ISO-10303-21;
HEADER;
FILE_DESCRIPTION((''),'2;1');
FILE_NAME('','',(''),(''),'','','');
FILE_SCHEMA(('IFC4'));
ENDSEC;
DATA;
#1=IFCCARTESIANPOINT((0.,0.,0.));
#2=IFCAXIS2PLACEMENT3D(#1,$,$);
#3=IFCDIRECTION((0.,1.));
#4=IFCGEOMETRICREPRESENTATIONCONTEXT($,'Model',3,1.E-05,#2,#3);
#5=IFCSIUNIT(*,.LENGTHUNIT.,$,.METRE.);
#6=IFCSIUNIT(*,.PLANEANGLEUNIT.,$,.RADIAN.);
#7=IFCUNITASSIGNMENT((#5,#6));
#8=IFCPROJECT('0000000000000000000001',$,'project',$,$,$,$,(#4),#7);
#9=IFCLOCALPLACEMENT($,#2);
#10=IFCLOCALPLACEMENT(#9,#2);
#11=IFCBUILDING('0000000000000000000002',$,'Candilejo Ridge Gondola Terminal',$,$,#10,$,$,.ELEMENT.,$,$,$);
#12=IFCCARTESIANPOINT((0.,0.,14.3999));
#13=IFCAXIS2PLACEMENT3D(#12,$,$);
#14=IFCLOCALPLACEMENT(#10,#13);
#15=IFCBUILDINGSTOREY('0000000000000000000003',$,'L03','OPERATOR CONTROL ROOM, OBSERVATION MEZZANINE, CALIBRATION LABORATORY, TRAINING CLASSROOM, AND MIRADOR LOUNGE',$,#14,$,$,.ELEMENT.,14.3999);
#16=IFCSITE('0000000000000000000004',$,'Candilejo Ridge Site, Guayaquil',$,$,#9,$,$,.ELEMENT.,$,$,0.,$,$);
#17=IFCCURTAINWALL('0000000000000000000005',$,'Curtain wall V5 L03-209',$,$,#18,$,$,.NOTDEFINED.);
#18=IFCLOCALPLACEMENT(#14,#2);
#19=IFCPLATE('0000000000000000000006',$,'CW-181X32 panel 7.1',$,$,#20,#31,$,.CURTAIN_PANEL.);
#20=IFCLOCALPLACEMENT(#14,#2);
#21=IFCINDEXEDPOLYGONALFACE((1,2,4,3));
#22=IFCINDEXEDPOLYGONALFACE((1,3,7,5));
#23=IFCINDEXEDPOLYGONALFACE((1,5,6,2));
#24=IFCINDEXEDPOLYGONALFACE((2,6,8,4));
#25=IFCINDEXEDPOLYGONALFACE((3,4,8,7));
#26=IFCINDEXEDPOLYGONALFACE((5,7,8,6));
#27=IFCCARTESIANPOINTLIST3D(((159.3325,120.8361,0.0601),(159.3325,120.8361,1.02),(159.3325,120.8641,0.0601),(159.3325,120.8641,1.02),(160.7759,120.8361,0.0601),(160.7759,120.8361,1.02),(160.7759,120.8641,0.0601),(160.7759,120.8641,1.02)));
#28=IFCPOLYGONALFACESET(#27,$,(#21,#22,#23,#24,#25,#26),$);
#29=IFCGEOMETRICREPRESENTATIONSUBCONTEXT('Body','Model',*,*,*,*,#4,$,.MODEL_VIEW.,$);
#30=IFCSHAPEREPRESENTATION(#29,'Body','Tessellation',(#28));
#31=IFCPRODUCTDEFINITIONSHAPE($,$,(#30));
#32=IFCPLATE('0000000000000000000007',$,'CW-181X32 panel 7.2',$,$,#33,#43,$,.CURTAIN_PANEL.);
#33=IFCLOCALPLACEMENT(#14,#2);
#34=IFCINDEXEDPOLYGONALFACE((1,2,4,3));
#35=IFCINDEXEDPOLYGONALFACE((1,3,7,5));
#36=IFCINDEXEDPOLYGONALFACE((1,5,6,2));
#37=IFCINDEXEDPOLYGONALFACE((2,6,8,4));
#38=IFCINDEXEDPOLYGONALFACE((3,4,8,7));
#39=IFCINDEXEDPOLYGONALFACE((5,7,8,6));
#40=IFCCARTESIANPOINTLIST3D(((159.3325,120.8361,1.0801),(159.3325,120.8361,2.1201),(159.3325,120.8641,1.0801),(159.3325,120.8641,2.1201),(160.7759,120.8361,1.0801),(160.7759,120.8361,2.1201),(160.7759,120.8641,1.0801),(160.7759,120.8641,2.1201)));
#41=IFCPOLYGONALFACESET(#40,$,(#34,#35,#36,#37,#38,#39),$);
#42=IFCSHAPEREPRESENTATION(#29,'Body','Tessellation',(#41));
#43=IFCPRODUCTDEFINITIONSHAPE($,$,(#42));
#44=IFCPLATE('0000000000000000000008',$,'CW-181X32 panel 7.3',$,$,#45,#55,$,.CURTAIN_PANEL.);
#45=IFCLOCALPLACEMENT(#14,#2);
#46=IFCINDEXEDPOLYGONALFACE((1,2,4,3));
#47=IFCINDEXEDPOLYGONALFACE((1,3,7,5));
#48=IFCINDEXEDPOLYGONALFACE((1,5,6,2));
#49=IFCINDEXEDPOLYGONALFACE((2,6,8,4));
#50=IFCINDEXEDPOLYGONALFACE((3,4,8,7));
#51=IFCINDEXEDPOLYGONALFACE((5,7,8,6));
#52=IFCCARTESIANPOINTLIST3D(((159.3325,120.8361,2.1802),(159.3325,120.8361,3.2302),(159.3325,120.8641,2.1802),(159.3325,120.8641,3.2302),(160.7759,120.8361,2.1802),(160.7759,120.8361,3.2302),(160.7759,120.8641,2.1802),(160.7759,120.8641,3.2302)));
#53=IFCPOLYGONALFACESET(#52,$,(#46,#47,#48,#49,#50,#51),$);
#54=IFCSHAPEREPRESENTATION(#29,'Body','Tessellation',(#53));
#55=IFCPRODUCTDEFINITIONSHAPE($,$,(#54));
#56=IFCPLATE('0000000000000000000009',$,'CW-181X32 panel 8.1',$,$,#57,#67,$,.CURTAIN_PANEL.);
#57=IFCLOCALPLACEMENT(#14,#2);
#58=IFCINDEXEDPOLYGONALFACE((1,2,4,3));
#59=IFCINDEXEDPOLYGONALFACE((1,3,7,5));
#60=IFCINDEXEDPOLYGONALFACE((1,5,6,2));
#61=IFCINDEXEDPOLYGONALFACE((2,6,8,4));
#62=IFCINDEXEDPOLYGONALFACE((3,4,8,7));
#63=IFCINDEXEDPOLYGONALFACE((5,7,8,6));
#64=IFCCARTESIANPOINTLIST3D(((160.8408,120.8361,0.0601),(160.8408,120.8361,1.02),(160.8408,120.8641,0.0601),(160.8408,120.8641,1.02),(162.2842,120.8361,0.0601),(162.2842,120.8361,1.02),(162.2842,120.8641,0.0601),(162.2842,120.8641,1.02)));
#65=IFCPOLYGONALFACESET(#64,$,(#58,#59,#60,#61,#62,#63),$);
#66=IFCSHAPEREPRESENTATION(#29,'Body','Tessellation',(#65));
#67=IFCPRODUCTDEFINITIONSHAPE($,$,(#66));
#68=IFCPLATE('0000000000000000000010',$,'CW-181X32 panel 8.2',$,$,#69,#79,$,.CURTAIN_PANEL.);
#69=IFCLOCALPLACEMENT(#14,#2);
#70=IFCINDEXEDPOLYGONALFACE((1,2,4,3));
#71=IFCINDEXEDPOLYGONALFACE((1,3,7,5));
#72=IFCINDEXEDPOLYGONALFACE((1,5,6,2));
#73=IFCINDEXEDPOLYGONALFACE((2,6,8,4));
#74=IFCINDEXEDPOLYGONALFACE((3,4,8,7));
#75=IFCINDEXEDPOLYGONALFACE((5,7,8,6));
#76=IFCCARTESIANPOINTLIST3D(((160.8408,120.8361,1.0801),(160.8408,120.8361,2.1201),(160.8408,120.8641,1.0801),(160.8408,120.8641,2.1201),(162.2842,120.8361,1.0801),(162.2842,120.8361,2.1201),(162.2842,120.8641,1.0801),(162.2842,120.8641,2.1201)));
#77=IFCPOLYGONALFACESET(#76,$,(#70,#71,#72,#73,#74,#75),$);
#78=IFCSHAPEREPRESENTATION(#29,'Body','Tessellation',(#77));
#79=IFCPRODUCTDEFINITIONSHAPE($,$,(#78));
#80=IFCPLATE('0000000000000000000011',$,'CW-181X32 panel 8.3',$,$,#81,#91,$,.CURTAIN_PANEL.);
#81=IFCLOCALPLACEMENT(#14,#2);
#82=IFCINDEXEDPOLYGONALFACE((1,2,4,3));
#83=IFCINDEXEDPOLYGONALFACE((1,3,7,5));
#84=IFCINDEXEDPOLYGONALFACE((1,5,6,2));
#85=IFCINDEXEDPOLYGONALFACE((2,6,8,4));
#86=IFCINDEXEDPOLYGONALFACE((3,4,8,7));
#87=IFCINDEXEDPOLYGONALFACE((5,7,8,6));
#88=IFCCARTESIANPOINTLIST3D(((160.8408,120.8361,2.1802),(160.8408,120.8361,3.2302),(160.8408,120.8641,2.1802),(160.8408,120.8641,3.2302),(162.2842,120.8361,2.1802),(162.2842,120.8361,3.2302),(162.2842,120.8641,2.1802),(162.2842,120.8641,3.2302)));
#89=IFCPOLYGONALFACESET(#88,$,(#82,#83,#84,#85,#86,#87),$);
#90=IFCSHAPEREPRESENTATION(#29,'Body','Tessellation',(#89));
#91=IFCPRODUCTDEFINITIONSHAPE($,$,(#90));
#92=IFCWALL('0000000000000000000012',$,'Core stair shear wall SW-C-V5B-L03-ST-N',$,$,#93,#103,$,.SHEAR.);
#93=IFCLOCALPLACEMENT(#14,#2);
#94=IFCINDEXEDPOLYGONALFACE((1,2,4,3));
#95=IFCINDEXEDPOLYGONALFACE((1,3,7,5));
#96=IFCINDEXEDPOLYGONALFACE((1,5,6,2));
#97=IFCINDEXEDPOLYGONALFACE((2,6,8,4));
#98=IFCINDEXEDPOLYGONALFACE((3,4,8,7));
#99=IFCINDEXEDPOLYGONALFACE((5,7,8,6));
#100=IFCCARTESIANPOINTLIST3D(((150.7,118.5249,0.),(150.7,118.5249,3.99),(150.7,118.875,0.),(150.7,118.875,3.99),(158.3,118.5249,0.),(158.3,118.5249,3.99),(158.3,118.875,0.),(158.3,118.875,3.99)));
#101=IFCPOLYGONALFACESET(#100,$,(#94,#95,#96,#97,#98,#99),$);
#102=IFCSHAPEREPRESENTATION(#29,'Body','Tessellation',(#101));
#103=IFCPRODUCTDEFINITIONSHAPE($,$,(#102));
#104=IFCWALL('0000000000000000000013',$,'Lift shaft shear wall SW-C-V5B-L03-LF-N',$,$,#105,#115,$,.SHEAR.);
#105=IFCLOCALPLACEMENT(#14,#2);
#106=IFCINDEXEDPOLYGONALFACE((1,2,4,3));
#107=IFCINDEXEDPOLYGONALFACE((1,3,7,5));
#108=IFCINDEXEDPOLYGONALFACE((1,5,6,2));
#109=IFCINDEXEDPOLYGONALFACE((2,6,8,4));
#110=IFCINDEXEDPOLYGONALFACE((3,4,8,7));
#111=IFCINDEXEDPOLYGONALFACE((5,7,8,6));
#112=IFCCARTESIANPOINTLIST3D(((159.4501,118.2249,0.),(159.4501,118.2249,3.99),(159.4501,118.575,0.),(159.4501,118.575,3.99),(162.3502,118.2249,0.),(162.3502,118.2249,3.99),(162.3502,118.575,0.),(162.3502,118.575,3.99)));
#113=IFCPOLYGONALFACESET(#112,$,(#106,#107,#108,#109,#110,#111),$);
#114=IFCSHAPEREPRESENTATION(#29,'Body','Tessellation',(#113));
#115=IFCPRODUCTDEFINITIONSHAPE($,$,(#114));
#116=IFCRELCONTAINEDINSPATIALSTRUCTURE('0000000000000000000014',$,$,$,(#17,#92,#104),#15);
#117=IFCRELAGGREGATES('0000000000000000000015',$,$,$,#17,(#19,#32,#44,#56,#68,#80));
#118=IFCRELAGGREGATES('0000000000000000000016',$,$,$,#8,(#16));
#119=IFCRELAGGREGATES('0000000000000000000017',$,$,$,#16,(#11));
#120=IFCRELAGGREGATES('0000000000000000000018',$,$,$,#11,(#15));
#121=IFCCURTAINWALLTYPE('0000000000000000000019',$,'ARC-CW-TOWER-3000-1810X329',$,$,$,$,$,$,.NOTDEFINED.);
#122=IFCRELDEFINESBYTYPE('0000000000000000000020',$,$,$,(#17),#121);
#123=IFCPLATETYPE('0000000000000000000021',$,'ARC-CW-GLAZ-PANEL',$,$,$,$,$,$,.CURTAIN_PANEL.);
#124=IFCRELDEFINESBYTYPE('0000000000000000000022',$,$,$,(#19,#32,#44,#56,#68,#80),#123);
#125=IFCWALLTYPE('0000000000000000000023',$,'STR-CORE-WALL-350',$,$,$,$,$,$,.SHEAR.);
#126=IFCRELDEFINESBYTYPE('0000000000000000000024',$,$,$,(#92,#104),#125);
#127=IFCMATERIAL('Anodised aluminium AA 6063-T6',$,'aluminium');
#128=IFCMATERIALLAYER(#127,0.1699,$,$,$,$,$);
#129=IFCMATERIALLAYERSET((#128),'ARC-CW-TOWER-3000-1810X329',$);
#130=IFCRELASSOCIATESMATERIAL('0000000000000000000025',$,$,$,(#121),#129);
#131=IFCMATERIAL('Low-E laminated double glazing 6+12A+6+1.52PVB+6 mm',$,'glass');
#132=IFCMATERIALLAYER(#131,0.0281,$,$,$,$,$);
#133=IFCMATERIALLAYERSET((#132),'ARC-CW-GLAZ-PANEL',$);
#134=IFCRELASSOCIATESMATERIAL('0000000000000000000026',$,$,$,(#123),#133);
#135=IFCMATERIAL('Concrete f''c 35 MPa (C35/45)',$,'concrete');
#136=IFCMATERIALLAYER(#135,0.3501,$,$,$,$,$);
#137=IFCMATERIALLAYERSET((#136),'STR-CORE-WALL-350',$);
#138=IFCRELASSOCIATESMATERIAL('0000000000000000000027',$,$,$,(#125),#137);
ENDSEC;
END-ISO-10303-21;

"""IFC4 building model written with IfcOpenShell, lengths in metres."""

from ifc_helpers import new_model, si_unit, direction, frame, frame_2d, origin, origin_2d, place, context, subcontext, project, spatial, rectangle, extrude, material, layer, layer_set, type_object, element, aggregate, save


model = new_model("IFC4")

# Units and contexts
model_context = context("Model", 3, precision=1e-05, world=origin(), true_north=direction((0.0, 1.0)))
body_context = subcontext(model_context, "Body", "Model", "MODEL_VIEW")
ifc_project = project(units=[si_unit("LENGTHUNIT", "METRE"), si_unit("PLANEANGLEUNIT", "RADIAN")], contexts=[model_context])

# Site, building, storey
site_placement = place(None, origin())
site = spatial("IfcSite", under=ifc_project, at=site_placement, Name="Candilejo Ridge Site, Guayaquil", CompositionType="ELEMENT", RefElevation=0.0)
building_placement = place(site_placement, origin())
building = spatial("IfcBuilding", under=site, at=building_placement, Name="Candilejo Ridge Gondola Terminal", CompositionType="ELEMENT")
storey_placement = place(building_placement, frame((0.0, 0.0, 14.3999)))
storey = spatial("IfcBuildingStorey", under=building, at=storey_placement, Name="L03", Description="OPERATOR CONTROL ROOM, OBSERVATION MEZZANINE, CALIBRATION LABORATORY, TRAINING CLASSROOM, AND MIRADOR LOUNGE", CompositionType="ELEMENT", Elevation=14.3999)

# Curtain wall, plates
ifc_material_1 = material(Name="Anodised aluminium AA 6063-T6", Category="aluminium")
ifc_layer_1 = layer(ifc_material_1, 0.1699)
ifc_layer_set_1 = layer_set([ifc_layer_1], Name="ARC-CW-TOWER-3000-1810X329")
curtain_wall_type = type_object("IfcCurtainWallType", Name="ARC-CW-TOWER-3000-1810X329", PredefinedType="NOTDEFINED", material=ifc_layer_set_1)
curtain_wall_placement = place(storey_placement, origin())
curtain_wall = element("IfcCurtainWall", 1, at=curtain_wall_placement, inside=storey, type_object=curtain_wall_type, Name="Curtain wall V5 L03-209", PredefinedType="NOTDEFINED")
ifc_material_2 = material(Name="Low-E laminated double glazing 6+12A+6+1.52PVB+6 mm", Category="glass")
ifc_layer_2 = layer(ifc_material_2, 0.0281)
ifc_layer_set_2 = layer_set([ifc_layer_2], Name="ARC-CW-GLAZ-PANEL")
plate_type = type_object("IfcPlateType", Name="ARC-CW-GLAZ-PANEL", PredefinedType="CURTAIN_PANEL", material=ifc_layer_set_2)
plate_1_placement = place(storey_placement, frame((160.0542, 120.8501, 0.0601), z_axis=(0.0, 0.0, 1.0), x_axis=(1.0, 0.0, 0.0)))
plate_1 = element("IfcPlate", 2, at=plate_1_placement, type_object=plate_type, Name="CW-181X32 panel 7.1", PredefinedType="CURTAIN_PANEL", context=body_context, shape_type="SweptSolid", body=[
    extrude(rectangle(XDim=1.4434, YDim=0.0281, at=origin_2d()), origin(), (0.0, 0.0, 1.0), 0.96),
])
plate_2_placement = place(storey_placement, frame((160.0542, 120.8501, 1.0801), z_axis=(0.0, 0.0, 1.0), x_axis=(1.0, 0.0, 0.0)))
plate_2 = element("IfcPlate", 3, at=plate_2_placement, type_object=plate_type, Name="CW-181X32 panel 7.2", PredefinedType="CURTAIN_PANEL", context=body_context, shape_type="SweptSolid", body=[
    extrude(rectangle(XDim=1.4434, YDim=0.0281, at=origin_2d()), origin(), (0.0, 0.0, 1.0), 1.04),
])
plate_3_placement = place(storey_placement, frame((160.0542, 120.8501, 2.1802), z_axis=(0.0, 0.0, 1.0), x_axis=(1.0, 0.0, 0.0)))
plate_3 = element("IfcPlate", 4, at=plate_3_placement, type_object=plate_type, Name="CW-181X32 panel 7.3", PredefinedType="CURTAIN_PANEL", context=body_context, shape_type="SweptSolid", body=[
    extrude(rectangle(XDim=1.4434, YDim=0.0281, at=origin_2d()), origin(), (0.0, 0.0, 1.0), 1.05),
])
plate_4_placement = place(storey_placement, frame((161.5625, 120.8501, 0.0601), z_axis=(0.0, 0.0, 1.0), x_axis=(1.0, 0.0, 0.0)))
plate_4 = element("IfcPlate", 5, at=plate_4_placement, type_object=plate_type, Name="CW-181X32 panel 8.1", PredefinedType="CURTAIN_PANEL", context=body_context, shape_type="SweptSolid", body=[
    extrude(rectangle(XDim=1.4434, YDim=0.0281, at=origin_2d()), origin(), (0.0, 0.0, 1.0), 0.96),
])
plate_5_placement = place(storey_placement, frame((161.5625, 120.8501, 1.0801), z_axis=(0.0, 0.0, 1.0), x_axis=(1.0, 0.0, 0.0)))
plate_5 = element("IfcPlate", 6, at=plate_5_placement, type_object=plate_type, Name="CW-181X32 panel 8.2", PredefinedType="CURTAIN_PANEL", context=body_context, shape_type="SweptSolid", body=[
    extrude(rectangle(XDim=1.4434, YDim=0.0281, at=origin_2d()), origin(), (0.0, 0.0, 1.0), 1.04),
])
plate_6_placement = place(storey_placement, frame((161.5625, 120.8501, 2.1802), z_axis=(0.0, 0.0, 1.0), x_axis=(1.0, 0.0, 0.0)))
plate_6 = element("IfcPlate", 7, at=plate_6_placement, type_object=plate_type, Name="CW-181X32 panel 8.3", PredefinedType="CURTAIN_PANEL", context=body_context, shape_type="SweptSolid", body=[
    extrude(rectangle(XDim=1.4434, YDim=0.0281, at=origin_2d()), origin(), (0.0, 0.0, 1.0), 1.05),
])
aggregate(curtain_wall, [plate_1, plate_2, plate_3, plate_4, plate_5, plate_6])

# Walls
ifc_material_3 = material(Name="Concrete f'c 35 MPa (C35/45)", Category="concrete")
ifc_layer_3 = layer(ifc_material_3, 0.3501)
ifc_layer_set_3 = layer_set([ifc_layer_3], Name="STR-CORE-WALL-350")
wall_type = type_object("IfcWallType", Name="STR-CORE-WALL-350", PredefinedType="SHEAR", material=ifc_layer_set_3)
wall_1_placement = place(storey_placement, frame((158.3, 118.7, 0.0), z_axis=(0.0, 0.0, 1.0), x_axis=(-1.0, 0.0, 0.0)))
element("IfcWall", 8, at=wall_1_placement, inside=storey, type_object=wall_type, Name="Core stair shear wall SW-C-V5B-L03-ST-N", PredefinedType="SHEAR", context=body_context, shape_type="SweptSolid", body=[
    extrude(rectangle(XDim=7.6001, YDim=0.3501, at=frame_2d((3.8, 0.0))), origin(), (0.0, 0.0, 1.0), 3.99),
])
wall_2_placement = place(storey_placement, frame((159.45, 118.3999, 0.0), z_axis=(0.0, 0.0, 1.0), x_axis=(1.0, 0.0, 0.0)))
element("IfcWall", 9, at=wall_2_placement, inside=storey, type_object=wall_type, Name="Lift shaft shear wall SW-C-V5B-L03-LF-N", PredefinedType="SHEAR", context=body_context, shape_type="SweptSolid", body=[
    extrude(rectangle(XDim=2.9001, YDim=0.3501, at=frame_2d((1.4502, 0.0))), origin(), (0.0, 0.0, 1.0), 3.99),
])

save(model, "model.ifc")
